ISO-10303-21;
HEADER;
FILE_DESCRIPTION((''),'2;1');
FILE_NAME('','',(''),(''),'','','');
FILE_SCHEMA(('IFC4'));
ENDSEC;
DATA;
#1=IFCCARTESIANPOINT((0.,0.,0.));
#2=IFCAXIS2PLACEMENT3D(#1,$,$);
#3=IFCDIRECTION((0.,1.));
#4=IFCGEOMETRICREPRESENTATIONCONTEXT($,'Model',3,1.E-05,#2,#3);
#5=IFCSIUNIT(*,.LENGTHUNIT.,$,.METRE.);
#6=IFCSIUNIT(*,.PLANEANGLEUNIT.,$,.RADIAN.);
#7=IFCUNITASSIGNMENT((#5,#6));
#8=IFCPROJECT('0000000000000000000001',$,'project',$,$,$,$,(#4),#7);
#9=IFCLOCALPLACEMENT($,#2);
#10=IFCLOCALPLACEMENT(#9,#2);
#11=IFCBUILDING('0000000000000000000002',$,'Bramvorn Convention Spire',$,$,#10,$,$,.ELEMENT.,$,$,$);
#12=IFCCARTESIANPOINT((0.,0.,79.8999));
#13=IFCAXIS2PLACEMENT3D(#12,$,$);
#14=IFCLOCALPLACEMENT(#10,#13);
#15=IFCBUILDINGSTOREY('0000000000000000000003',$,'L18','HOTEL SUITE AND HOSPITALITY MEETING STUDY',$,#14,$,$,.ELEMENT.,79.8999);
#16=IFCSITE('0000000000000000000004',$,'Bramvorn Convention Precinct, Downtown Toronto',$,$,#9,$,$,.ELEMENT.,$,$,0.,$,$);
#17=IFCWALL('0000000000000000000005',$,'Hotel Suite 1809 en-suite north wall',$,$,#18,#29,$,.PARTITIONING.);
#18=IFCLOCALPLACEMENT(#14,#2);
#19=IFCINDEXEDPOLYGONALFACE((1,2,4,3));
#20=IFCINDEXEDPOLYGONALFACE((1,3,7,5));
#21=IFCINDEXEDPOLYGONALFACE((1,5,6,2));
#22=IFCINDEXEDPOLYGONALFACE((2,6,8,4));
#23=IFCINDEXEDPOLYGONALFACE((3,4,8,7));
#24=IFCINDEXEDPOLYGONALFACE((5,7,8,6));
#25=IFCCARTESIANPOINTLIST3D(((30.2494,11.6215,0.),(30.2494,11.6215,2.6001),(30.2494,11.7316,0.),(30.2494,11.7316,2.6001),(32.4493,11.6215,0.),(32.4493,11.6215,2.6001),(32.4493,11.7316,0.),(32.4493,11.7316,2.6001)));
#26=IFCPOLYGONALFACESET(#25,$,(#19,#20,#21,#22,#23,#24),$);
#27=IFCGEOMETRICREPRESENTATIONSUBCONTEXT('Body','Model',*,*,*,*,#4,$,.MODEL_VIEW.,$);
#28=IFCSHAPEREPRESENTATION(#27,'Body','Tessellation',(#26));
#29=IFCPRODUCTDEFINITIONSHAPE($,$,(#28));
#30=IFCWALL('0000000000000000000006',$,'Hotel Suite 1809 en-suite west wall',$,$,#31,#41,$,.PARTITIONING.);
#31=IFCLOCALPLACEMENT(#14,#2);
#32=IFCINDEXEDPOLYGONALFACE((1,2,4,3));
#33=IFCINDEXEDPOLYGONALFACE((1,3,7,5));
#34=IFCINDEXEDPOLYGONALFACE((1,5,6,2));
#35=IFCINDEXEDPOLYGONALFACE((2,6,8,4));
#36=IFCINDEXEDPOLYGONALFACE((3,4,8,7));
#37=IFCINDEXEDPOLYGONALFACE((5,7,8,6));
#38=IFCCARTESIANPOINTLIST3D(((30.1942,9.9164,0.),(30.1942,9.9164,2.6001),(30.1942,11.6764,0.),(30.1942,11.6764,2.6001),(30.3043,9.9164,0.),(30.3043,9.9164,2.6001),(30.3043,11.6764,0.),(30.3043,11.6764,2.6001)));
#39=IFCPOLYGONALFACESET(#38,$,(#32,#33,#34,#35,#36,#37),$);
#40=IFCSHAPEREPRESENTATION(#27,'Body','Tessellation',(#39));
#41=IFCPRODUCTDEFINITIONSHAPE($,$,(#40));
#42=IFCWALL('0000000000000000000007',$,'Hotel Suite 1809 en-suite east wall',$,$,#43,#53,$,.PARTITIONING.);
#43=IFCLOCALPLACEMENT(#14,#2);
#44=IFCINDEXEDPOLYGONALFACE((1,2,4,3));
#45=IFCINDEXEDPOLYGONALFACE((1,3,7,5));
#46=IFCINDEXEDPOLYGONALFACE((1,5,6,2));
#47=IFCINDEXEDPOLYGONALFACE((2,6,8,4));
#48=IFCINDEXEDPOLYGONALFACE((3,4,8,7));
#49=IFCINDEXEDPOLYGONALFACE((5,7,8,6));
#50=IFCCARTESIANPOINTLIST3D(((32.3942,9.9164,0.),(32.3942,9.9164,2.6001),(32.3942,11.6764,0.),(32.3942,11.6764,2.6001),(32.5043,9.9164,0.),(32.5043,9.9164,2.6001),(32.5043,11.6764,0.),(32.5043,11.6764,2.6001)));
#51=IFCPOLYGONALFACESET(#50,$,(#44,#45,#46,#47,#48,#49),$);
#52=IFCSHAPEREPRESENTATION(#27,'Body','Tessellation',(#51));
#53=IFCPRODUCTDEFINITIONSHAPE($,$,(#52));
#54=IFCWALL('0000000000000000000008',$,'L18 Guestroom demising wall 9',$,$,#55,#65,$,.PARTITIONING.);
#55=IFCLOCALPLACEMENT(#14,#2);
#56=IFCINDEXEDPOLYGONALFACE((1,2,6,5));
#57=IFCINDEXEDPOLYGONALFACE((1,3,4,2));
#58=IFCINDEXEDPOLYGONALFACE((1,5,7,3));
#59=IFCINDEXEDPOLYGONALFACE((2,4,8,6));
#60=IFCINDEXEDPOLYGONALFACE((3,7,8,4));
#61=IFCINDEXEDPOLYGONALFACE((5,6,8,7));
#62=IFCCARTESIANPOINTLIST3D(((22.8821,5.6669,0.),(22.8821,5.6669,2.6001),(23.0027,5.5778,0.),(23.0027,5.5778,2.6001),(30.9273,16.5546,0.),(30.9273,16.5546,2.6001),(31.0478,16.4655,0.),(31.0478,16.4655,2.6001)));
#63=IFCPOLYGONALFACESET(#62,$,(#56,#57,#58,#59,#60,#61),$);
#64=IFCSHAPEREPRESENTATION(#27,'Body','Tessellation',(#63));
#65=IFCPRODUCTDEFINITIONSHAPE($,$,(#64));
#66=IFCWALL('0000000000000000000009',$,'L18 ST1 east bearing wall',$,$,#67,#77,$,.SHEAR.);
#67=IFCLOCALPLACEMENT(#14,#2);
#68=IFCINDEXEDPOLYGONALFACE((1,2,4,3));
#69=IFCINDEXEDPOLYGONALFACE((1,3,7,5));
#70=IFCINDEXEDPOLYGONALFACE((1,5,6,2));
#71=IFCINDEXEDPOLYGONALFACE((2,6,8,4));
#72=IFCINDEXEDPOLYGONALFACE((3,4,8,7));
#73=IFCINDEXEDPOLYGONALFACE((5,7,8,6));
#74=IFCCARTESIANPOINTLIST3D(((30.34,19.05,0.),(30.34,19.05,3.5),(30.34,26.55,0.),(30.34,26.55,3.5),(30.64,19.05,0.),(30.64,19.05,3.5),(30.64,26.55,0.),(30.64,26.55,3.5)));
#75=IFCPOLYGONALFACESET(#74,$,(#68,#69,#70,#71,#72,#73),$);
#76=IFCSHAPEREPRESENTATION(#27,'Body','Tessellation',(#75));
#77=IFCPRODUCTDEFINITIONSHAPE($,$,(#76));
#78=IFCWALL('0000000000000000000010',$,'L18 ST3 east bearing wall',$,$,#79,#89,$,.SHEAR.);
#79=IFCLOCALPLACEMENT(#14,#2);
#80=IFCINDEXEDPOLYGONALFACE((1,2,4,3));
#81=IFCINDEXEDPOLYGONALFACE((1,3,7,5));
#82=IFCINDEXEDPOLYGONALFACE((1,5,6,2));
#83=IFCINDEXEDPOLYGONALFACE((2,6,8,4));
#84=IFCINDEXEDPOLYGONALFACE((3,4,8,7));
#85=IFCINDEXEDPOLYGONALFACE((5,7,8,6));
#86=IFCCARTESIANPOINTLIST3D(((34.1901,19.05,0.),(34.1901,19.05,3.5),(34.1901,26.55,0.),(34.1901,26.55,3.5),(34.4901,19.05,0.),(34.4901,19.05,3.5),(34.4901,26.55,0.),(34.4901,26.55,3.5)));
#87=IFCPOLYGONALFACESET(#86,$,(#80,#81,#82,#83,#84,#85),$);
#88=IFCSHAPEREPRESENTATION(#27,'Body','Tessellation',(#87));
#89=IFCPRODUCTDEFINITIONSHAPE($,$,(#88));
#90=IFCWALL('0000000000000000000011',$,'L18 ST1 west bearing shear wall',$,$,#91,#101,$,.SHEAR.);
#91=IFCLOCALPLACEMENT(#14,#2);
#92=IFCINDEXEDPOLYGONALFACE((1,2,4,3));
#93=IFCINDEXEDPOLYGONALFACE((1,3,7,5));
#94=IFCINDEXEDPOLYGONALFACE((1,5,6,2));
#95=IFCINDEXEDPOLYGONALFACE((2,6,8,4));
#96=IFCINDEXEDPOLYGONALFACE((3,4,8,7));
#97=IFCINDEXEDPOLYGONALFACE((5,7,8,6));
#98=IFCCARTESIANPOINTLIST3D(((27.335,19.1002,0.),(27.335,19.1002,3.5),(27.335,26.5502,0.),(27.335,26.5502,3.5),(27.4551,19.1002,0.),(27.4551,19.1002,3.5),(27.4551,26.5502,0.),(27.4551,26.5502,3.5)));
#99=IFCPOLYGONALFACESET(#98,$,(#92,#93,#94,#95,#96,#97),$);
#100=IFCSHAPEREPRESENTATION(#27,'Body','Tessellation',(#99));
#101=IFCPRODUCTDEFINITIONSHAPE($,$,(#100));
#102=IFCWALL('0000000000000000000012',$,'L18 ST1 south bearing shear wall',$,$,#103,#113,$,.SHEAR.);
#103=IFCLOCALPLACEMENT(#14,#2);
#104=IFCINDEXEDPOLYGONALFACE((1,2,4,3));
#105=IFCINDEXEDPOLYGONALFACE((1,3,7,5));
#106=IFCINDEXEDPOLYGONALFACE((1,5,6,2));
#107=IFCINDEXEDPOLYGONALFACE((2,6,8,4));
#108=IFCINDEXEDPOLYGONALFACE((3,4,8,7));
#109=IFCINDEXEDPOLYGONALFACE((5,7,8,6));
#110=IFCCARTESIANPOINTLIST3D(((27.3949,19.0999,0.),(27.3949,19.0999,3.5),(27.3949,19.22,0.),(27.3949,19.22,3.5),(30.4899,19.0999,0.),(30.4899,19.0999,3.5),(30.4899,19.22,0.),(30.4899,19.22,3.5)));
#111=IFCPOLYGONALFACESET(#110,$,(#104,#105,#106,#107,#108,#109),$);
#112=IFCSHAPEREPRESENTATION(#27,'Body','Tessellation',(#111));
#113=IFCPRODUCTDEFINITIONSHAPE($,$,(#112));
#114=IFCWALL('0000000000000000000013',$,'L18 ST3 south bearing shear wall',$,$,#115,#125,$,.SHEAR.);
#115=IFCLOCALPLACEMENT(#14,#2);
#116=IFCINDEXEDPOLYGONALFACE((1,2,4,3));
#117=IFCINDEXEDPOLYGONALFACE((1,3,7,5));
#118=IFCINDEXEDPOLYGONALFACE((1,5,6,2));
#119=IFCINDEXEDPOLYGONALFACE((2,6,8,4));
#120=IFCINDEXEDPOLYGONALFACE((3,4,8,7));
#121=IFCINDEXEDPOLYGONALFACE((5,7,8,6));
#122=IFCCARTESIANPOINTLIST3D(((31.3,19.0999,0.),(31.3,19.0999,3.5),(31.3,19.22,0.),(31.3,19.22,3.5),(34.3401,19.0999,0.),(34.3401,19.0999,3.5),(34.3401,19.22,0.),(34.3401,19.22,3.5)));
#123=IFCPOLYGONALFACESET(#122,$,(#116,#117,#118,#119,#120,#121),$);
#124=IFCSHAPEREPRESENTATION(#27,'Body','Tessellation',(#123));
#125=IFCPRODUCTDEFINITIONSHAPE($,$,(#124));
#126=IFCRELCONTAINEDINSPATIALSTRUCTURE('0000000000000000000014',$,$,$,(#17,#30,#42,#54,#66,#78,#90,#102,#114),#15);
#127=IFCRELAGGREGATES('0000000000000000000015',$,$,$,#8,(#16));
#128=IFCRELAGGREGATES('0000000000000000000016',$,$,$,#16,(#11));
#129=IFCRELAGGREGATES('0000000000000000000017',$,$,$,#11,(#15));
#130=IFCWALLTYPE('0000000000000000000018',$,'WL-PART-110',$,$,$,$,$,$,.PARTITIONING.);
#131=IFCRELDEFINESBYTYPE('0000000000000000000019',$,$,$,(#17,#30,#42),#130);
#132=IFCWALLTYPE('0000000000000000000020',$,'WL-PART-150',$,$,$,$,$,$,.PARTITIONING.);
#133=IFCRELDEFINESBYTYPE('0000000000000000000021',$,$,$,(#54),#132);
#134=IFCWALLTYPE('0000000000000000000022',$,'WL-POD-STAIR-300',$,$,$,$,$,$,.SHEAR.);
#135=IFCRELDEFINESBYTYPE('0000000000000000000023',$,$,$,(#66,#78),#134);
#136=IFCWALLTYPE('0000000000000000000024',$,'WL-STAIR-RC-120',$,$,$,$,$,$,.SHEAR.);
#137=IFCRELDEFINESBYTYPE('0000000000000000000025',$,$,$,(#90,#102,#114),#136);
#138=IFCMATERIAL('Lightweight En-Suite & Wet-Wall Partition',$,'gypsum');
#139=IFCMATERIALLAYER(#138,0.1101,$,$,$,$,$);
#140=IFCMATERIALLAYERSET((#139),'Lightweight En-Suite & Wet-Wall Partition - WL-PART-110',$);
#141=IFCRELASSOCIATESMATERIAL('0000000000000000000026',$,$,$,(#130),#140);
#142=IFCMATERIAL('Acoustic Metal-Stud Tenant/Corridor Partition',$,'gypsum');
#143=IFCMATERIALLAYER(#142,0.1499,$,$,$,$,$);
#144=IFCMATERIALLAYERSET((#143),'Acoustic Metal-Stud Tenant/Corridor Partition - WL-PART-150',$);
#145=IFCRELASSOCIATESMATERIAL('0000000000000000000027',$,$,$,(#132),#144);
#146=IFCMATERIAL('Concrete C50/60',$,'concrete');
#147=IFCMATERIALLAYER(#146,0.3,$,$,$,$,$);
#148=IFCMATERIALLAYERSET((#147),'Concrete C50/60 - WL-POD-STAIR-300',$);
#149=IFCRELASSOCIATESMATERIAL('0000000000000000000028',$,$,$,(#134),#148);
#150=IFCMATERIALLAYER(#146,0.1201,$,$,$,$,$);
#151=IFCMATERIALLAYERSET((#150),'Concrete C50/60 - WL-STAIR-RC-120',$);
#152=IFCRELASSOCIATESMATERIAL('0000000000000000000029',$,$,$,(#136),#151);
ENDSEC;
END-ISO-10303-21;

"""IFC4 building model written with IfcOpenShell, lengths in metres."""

from ifc_helpers import new_model, si_unit, direction, frame, frame_2d, origin, place, context, subcontext, project, spatial, rectangle, extrude, material, layer, layer_set, type_object, element, save


model = new_model("IFC4")

# Units and contexts
model_context = context("Model", 3, precision=1e-05, world=origin(), true_north=direction((0.0, 1.0)))
body_context = subcontext(model_context, "Body", "Model", "MODEL_VIEW")
ifc_project = project(units=[si_unit("LENGTHUNIT", "METRE"), si_unit("PLANEANGLEUNIT", "RADIAN")], contexts=[model_context])

# Site, building, storey
site_placement = place(None, origin())
site = spatial("IfcSite", under=ifc_project, at=site_placement, Name="Bramvorn Convention Precinct, Downtown Toronto", CompositionType="ELEMENT", RefElevation=0.0)
building_placement = place(site_placement, origin())
building = spatial("IfcBuilding", under=site, at=building_placement, Name="Bramvorn Convention Spire", CompositionType="ELEMENT")
storey_placement = place(building_placement, frame((0.0, 0.0, 79.8999)))
storey = spatial("IfcBuildingStorey", under=building, at=storey_placement, Name="L18", Description="HOTEL SUITE AND HOSPITALITY MEETING STUDY", CompositionType="ELEMENT", Elevation=79.8999)

# Shared definitions
ifc_material_1 = material(Name="Concrete C50/60", Category="concrete")

# Shared definitions
ifc_material_2 = material(Name="Lightweight En-Suite & Wet-Wall Partition", Category="gypsum")
ifc_layer_1 = layer(ifc_material_2, 0.1101)
ifc_layer_set_1 = layer_set([ifc_layer_1], Name="Lightweight En-Suite & Wet-Wall Partition - WL-PART-110")
wall_type_1 = type_object("IfcWallType", Name="WL-PART-110", PredefinedType="PARTITIONING", material=ifc_layer_set_1)

# Walls
wall_1_placement = place(storey_placement, frame((30.2493, 11.6765, 0.0), z_axis=(0.0, 0.0, 1.0), x_axis=(1.0, 0.0, 0.0)))
element("IfcWall", 1, at=wall_1_placement, inside=storey, type_object=wall_type_1, Name="Hotel Suite 1809 en-suite north wall", PredefinedType="PARTITIONING", context=body_context, shape_type="SweptSolid", body=[
    extrude(rectangle(XDim=2.2, YDim=0.1101, at=frame_2d((1.1001, 0.0))), origin(), (0.0, 0.0, 1.0), 2.6001),
])
for number, where, z_axis, x_axis, name in (
    (2, (30.2493, 9.9165, 0.0), (0.0, 0.0, 1.0), (0.0, 1.0, 0.0), "Hotel Suite 1809 en-suite west wall"),
    (3, (32.4492, 9.9165, 0.0), (0.0, 0.0, 1.0), (0.0, 1.0, 0.0), "Hotel Suite 1809 en-suite east wall"),
):
    element("IfcWall", number, at=place(storey_placement, frame(where, z_axis=z_axis, x_axis=x_axis)), inside=storey, type_object=wall_type_1, Name=name, PredefinedType="PARTITIONING", context=body_context, shape_type="SweptSolid", body=[
        extrude(rectangle(XDim=1.76, YDim=0.1101, at=frame_2d((0.8799, 0.0))), origin(), (0.0, 0.0, 1.0), 2.6001),
    ])
ifc_material_3 = material(Name="Acoustic Metal-Stud Tenant/Corridor Partition", Category="gypsum")
ifc_layer_2 = layer(ifc_material_3, 0.1499)
ifc_layer_set_2 = layer_set([ifc_layer_2], Name="Acoustic Metal-Stud Tenant/Corridor Partition - WL-PART-150")
wall_type_2 = type_object("IfcWallType", Name="WL-PART-150", PredefinedType="PARTITIONING", material=ifc_layer_set_2)
wall_2_placement = place(storey_placement, frame((30.9875, 16.51, 0.0), z_axis=(0.0, 0.0, 1.0), x_axis=(-0.594283, -0.804256, 0.0)))
element("IfcWall", 4, at=wall_2_placement, inside=storey, type_object=wall_type_2, Name="L18 Guestroom demising wall 9", PredefinedType="PARTITIONING", context=body_context, shape_type="SweptSolid", body=[
    extrude(rectangle(XDim=13.5376, YDim=0.1499, at=frame_2d((6.7688, 0.0))), origin(), (0.0, 0.0, 1.0), 2.6001),
])
ifc_layer_3 = layer(ifc_material_1, 0.3)
ifc_layer_set_3 = layer_set([ifc_layer_3], Name="Concrete C50/60 - WL-POD-STAIR-300")
wall_type_3 = type_object("IfcWallType", Name="WL-POD-STAIR-300", PredefinedType="SHEAR", material=ifc_layer_set_3)
for number, where, z_axis, x_axis, name in (
    (5, (30.49, 19.05, 0.0), (0.0, 0.0, 1.0), (0.0, 1.0, 0.0), "L18 ST1 east bearing wall"),
    (6, (34.3401, 19.05, 0.0), (0.0, 0.0, 1.0), (0.0, 1.0, 0.0), "L18 ST3 east bearing wall"),
):
    element("IfcWall", number, at=place(storey_placement, frame(where, z_axis=z_axis, x_axis=x_axis)), inside=storey, type_object=wall_type_3, Name=name, PredefinedType="SHEAR", context=body_context, shape_type="SweptSolid", body=[
        extrude(rectangle(XDim=7.5, YDim=0.3, at=frame_2d((3.75, 0.0))), origin(), (0.0, 0.0, 1.0), 3.5),
    ])
ifc_layer_4 = layer(ifc_material_1, 0.1201)
ifc_layer_set_4 = layer_set([ifc_layer_4], Name="Concrete C50/60 - WL-STAIR-RC-120")
wall_type_4 = type_object("IfcWallType", Name="WL-STAIR-RC-120", PredefinedType="SHEAR", material=ifc_layer_set_4)
wall_3_placement = place(storey_placement, frame((27.395, 19.1001, 0.0), z_axis=(0.0, 0.0, 1.0), x_axis=(0.0, 1.0, 0.0)))
element("IfcWall", 7, at=wall_3_placement, inside=storey, type_object=wall_type_4, Name="L18 ST1 west bearing shear wall", PredefinedType="SHEAR", context=body_context, shape_type="SweptSolid", body=[
    extrude(rectangle(XDim=7.45, YDim=0.1201, at=frame_2d((3.7251, 0.0))), origin(), (0.0, 0.0, 1.0), 3.5),
])
wall_4_placement = place(storey_placement, frame((27.395, 19.1599, 0.0), z_axis=(0.0, 0.0, 1.0), x_axis=(1.0, 0.0, 0.0)))
element("IfcWall", 8, at=wall_4_placement, inside=storey, type_object=wall_type_4, Name="L18 ST1 south bearing shear wall", PredefinedType="SHEAR", context=body_context, shape_type="SweptSolid", body=[
    extrude(rectangle(XDim=3.095, YDim=0.1201, at=frame_2d((1.5474, 0.0))), origin(), (0.0, 0.0, 1.0), 3.5),
])
wall_5_placement = place(storey_placement, frame((31.3, 19.1599, 0.0), z_axis=(0.0, 0.0, 1.0), x_axis=(1.0, 0.0, 0.0)))
element("IfcWall", 9, at=wall_5_placement, inside=storey, type_object=wall_type_4, Name="L18 ST3 south bearing shear wall", PredefinedType="SHEAR", context=body_context, shape_type="SweptSolid", body=[
    extrude(rectangle(XDim=3.04, YDim=0.1201, at=frame_2d((1.52, 0.0))), origin(), (0.0, 0.0, 1.0), 3.5),
])

save(model, "model.ifc")
